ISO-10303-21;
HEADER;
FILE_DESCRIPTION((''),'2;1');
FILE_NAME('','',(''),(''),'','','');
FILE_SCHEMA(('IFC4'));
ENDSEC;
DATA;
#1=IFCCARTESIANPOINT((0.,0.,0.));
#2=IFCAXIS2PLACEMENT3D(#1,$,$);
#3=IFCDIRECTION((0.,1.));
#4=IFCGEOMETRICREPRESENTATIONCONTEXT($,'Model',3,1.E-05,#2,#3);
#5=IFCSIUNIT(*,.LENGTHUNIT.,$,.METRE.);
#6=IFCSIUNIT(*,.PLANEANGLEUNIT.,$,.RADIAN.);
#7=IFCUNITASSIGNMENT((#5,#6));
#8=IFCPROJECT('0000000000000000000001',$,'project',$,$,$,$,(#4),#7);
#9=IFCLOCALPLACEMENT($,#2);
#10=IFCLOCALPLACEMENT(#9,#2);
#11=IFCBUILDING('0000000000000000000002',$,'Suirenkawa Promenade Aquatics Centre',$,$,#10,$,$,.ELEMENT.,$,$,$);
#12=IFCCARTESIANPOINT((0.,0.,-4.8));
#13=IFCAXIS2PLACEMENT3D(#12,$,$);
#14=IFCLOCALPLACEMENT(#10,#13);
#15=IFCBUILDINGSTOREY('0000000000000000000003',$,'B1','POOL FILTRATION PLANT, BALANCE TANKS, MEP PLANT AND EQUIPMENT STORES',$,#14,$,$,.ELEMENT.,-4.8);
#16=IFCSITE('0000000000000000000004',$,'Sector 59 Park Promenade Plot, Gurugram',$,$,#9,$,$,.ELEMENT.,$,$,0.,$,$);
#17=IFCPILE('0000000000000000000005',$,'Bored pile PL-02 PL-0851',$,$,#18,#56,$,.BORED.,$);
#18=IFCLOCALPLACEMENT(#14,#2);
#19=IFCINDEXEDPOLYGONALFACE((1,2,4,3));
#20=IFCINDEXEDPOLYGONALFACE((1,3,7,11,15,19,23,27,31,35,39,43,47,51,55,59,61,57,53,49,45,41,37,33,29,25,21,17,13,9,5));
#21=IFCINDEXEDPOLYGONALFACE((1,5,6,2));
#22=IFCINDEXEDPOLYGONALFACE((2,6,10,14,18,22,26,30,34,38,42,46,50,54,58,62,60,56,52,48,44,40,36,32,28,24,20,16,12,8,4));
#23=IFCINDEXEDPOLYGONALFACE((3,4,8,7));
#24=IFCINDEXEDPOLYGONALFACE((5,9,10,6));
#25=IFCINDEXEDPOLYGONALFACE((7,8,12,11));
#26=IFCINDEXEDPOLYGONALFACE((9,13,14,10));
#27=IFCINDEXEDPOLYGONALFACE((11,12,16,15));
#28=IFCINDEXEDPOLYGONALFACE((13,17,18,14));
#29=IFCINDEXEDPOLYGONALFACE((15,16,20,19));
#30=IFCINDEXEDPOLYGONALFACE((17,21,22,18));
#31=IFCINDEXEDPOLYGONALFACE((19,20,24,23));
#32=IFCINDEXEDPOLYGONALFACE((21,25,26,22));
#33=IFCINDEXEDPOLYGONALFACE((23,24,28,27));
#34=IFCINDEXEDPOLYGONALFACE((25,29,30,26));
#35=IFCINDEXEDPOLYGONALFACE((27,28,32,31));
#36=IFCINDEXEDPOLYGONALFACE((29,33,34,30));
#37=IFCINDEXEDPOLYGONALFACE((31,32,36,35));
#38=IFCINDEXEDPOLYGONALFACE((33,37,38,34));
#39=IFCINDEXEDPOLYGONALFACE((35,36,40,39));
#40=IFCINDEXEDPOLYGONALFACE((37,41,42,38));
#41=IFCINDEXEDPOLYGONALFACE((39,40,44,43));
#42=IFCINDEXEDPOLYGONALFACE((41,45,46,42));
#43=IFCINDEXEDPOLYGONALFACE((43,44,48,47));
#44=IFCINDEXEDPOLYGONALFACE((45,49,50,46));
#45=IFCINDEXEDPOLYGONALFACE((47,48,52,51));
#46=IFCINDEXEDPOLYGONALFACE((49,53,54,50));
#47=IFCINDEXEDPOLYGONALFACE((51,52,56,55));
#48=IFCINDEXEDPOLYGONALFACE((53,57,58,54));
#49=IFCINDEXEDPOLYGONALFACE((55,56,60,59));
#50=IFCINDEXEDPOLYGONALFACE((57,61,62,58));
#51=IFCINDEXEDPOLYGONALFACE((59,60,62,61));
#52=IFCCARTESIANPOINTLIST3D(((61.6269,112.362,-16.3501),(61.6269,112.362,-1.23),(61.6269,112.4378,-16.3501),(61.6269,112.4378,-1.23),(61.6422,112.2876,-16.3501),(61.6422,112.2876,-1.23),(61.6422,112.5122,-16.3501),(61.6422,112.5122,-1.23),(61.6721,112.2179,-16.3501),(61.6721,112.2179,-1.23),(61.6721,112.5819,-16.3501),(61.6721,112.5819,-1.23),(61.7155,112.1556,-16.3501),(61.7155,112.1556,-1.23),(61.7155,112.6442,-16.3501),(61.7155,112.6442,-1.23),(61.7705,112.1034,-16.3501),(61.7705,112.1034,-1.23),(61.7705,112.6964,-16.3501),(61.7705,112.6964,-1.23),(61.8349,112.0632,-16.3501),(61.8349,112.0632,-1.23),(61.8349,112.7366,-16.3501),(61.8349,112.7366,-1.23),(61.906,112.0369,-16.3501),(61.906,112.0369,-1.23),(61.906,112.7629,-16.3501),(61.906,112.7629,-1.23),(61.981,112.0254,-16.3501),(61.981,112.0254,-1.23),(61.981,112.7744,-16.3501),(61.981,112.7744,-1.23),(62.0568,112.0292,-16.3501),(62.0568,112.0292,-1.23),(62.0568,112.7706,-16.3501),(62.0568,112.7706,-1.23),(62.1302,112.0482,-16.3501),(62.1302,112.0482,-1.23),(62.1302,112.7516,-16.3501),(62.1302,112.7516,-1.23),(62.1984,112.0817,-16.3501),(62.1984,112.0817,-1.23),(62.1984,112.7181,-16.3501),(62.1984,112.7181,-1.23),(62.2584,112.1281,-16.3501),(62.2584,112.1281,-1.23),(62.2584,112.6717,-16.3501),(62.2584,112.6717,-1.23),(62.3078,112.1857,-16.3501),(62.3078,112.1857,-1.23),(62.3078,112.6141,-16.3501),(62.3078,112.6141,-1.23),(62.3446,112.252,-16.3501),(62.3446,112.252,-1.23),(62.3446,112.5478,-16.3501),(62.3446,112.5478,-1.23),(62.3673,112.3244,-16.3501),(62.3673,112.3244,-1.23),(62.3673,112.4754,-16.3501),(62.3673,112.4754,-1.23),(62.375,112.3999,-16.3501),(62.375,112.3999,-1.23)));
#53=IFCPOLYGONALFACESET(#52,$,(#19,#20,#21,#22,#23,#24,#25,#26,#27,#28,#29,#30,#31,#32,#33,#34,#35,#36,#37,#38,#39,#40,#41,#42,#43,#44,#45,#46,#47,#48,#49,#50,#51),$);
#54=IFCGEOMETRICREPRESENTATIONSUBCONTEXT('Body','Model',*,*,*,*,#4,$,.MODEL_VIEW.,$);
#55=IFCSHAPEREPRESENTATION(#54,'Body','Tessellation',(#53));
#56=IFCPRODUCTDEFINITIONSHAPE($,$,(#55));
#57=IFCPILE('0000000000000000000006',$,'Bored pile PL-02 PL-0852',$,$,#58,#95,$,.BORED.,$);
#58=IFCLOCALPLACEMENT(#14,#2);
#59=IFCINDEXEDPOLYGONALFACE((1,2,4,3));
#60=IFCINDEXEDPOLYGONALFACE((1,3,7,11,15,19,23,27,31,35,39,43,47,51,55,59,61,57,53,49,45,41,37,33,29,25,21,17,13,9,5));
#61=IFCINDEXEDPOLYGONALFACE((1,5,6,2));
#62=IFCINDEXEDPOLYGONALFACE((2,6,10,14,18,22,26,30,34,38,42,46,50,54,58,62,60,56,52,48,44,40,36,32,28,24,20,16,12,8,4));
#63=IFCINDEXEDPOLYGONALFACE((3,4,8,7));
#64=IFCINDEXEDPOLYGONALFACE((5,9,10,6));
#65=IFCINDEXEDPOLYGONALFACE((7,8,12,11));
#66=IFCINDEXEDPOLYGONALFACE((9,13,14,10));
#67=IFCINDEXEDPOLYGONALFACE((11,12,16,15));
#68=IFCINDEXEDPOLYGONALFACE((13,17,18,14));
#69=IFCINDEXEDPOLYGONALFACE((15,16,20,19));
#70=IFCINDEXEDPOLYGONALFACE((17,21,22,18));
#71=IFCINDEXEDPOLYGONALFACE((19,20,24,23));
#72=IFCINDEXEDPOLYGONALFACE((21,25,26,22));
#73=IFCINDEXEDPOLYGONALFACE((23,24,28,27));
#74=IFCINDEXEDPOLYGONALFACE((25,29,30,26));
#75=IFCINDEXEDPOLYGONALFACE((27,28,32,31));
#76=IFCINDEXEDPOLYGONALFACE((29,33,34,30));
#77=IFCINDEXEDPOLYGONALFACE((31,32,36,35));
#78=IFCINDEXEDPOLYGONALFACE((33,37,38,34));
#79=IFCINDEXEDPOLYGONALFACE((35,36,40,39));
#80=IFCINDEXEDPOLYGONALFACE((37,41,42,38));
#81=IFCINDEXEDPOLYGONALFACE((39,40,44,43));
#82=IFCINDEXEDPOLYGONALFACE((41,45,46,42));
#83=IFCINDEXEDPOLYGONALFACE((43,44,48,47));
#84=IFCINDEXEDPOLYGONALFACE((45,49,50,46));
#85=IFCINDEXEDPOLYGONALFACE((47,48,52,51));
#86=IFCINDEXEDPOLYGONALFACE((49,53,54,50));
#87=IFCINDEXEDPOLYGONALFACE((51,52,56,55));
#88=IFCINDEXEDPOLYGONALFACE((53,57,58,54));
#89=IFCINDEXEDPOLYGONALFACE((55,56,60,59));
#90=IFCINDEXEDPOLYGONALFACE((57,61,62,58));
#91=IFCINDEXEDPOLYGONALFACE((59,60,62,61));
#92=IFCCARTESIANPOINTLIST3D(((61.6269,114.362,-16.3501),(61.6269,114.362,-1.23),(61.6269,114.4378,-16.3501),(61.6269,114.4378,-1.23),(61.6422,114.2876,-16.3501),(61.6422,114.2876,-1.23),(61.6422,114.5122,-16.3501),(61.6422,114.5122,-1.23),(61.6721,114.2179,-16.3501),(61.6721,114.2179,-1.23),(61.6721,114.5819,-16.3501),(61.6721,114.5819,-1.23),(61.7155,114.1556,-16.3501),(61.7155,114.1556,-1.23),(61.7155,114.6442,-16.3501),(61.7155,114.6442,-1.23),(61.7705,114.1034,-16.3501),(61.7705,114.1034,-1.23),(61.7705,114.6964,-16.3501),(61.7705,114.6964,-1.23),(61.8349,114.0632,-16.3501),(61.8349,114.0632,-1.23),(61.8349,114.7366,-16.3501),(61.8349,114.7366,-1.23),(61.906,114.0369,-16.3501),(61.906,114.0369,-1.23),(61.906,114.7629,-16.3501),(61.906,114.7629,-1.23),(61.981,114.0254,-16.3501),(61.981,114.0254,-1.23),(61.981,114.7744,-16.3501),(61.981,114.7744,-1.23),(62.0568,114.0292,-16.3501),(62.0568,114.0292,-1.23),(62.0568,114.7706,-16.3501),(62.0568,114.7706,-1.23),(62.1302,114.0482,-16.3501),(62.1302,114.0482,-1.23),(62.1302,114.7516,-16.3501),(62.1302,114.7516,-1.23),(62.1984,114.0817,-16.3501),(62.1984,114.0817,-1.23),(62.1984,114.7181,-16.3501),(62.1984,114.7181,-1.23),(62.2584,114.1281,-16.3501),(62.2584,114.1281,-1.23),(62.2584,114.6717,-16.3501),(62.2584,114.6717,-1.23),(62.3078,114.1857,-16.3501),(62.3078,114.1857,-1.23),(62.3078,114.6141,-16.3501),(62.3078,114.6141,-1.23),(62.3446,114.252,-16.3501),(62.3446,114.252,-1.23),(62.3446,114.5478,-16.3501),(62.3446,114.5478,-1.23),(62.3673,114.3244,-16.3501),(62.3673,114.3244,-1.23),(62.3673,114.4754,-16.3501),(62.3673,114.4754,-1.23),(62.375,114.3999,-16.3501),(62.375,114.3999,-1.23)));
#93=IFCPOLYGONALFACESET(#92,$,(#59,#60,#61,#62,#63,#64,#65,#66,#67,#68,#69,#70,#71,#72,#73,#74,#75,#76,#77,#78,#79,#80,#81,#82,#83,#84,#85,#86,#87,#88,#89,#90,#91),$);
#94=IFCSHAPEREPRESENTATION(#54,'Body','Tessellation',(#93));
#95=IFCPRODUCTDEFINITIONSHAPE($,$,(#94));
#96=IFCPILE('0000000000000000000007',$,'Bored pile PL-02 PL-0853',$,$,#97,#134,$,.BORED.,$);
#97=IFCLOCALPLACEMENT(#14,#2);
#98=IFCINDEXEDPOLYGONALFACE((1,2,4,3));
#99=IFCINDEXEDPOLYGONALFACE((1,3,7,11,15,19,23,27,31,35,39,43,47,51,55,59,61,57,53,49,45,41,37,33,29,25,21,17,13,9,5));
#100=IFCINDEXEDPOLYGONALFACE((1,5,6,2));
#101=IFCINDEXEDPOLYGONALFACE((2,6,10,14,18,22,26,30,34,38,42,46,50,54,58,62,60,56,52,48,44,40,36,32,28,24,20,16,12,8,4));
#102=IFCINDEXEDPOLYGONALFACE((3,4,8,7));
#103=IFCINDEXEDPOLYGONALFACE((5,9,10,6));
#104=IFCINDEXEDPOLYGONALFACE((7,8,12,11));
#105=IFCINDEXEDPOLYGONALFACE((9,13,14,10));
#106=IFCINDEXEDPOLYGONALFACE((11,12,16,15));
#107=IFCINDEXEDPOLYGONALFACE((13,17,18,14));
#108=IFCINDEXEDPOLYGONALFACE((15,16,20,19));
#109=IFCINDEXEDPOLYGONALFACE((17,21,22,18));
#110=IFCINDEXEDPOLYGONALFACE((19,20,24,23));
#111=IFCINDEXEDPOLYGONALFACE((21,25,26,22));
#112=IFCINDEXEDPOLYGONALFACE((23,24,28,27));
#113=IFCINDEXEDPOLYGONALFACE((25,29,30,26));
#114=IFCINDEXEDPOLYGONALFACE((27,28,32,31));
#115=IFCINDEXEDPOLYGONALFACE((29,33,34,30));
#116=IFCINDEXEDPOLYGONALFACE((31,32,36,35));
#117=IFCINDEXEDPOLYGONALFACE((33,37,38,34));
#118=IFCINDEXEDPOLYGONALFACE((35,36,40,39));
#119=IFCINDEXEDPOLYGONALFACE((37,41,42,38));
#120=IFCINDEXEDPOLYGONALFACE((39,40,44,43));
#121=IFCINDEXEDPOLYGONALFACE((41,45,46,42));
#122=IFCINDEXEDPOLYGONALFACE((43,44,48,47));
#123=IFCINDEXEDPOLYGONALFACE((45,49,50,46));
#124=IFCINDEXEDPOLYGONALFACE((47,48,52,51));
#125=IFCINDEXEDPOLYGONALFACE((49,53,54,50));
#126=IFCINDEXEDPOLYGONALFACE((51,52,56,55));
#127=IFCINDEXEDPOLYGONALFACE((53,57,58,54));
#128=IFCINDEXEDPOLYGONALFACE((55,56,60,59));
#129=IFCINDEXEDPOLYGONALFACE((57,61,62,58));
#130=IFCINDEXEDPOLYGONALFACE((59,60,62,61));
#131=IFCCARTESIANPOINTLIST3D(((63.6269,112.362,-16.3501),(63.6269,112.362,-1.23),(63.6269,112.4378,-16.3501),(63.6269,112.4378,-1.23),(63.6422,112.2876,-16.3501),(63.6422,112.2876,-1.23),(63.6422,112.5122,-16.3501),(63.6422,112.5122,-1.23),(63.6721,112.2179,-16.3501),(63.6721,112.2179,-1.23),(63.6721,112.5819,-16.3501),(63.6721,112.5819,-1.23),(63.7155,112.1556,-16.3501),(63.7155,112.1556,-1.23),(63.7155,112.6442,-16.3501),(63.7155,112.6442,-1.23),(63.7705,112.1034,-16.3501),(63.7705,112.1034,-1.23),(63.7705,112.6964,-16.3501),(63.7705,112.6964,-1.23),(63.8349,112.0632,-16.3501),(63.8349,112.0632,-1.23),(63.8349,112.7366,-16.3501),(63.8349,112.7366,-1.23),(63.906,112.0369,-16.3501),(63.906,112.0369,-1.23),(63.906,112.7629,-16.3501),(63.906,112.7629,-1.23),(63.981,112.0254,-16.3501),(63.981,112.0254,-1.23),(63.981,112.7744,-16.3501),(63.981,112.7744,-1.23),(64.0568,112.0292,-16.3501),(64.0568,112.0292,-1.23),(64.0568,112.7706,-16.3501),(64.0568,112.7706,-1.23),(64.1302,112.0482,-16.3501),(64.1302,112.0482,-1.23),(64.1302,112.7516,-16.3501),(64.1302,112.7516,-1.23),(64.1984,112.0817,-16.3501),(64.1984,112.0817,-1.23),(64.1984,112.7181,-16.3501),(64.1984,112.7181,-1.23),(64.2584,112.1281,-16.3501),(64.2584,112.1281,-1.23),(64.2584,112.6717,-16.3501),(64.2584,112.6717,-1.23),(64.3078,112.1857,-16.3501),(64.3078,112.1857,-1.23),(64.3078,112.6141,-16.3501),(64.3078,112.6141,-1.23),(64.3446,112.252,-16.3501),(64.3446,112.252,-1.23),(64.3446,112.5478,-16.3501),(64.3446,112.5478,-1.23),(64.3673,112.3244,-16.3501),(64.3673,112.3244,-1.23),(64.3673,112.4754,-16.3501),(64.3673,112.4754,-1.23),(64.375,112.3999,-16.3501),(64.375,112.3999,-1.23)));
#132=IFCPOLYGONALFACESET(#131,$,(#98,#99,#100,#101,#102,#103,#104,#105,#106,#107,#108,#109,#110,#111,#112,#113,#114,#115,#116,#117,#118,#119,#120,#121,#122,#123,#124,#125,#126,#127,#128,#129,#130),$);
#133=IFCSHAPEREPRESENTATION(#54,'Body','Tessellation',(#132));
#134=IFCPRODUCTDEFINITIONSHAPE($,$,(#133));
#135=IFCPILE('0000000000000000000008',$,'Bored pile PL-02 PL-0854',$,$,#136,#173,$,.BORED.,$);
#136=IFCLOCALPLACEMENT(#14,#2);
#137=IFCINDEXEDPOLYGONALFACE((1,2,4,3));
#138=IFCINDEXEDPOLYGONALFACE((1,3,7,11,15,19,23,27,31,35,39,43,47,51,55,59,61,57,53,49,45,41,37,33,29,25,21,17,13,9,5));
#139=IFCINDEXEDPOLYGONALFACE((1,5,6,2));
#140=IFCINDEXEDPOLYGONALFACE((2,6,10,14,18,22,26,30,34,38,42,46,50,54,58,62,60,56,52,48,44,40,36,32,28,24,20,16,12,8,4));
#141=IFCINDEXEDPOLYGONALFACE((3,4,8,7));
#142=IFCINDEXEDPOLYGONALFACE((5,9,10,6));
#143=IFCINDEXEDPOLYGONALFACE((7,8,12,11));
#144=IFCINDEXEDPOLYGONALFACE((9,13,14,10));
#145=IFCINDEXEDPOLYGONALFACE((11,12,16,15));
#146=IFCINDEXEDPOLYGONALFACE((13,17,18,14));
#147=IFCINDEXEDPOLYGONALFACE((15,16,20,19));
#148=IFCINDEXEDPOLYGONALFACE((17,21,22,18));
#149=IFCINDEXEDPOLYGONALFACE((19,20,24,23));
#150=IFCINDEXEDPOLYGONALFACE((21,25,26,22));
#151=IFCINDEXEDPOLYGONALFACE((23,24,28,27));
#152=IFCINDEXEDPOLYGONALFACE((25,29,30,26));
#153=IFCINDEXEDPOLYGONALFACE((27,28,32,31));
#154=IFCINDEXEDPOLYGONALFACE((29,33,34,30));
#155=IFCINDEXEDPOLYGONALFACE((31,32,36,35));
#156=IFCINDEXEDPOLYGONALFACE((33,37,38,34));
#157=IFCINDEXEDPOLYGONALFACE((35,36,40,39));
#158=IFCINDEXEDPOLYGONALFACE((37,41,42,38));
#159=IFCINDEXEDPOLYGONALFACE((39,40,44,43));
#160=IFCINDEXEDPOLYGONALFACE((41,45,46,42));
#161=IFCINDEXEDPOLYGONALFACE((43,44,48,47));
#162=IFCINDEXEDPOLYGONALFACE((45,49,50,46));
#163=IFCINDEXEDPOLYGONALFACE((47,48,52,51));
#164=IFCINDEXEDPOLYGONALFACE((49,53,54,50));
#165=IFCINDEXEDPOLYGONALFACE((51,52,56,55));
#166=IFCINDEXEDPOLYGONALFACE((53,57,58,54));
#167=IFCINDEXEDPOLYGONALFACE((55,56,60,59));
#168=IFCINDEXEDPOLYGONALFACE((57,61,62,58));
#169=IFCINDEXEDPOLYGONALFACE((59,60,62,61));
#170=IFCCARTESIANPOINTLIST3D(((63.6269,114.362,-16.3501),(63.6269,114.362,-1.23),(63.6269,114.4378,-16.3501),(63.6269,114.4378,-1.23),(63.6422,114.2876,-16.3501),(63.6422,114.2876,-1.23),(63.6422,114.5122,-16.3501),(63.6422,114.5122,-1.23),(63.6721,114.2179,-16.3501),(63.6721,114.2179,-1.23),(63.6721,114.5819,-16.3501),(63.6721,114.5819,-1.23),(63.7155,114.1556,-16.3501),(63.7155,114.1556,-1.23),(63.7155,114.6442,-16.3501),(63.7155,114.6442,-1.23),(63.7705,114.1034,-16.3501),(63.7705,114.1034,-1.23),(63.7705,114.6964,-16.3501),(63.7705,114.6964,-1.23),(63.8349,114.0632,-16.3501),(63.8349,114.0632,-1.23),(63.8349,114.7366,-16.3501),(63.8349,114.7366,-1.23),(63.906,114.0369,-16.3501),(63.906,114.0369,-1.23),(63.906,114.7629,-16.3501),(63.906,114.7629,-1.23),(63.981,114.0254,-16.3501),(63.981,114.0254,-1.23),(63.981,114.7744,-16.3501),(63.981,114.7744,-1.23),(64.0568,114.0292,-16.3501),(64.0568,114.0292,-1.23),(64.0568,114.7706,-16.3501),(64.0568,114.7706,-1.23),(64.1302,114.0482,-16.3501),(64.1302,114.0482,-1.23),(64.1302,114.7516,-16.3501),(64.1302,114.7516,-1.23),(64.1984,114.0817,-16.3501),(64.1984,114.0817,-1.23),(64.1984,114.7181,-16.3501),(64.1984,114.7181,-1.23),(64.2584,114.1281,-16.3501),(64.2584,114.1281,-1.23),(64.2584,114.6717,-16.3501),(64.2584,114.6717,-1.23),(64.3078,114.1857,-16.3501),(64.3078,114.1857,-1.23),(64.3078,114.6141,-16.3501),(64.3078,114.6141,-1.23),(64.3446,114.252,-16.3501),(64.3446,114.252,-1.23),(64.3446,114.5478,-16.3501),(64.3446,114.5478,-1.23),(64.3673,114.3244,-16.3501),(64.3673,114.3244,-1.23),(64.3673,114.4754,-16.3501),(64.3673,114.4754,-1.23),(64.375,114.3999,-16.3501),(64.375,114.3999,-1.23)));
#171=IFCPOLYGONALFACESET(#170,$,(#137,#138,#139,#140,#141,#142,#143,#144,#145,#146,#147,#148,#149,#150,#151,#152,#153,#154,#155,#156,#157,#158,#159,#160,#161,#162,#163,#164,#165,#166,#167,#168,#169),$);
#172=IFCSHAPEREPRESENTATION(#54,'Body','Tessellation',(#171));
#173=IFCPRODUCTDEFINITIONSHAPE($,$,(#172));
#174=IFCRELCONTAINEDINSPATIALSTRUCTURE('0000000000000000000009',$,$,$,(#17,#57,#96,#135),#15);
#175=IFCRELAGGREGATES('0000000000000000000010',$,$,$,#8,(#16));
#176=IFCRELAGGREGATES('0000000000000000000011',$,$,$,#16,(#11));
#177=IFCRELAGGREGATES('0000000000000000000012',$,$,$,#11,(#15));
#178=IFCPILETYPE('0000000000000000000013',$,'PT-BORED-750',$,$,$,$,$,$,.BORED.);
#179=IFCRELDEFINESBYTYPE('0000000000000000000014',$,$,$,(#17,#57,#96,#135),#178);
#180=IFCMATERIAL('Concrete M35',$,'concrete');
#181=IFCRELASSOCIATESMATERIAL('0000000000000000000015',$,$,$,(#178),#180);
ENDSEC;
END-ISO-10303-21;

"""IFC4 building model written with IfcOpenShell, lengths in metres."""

from ifc_helpers import new_model, si_unit, direction, frame, origin, origin_2d, place, context, subcontext, project, spatial, circle, extrude, material, material_profile, profile_set, type_object, element, save


model = new_model("IFC4")

# Units and contexts
model_context = context("Model", 3, precision=1e-05, world=origin(), true_north=direction((0.0, 1.0)))
body_context = subcontext(model_context, "Body", "Model", "MODEL_VIEW")
ifc_project = project(units=[si_unit("LENGTHUNIT", "METRE"), si_unit("PLANEANGLEUNIT", "RADIAN")], contexts=[model_context])

# Site, building, storey
site_placement = place(None, origin())
site = spatial("IfcSite", under=ifc_project, at=site_placement, Name="Sector 59 Park Promenade Plot, Gurugram", CompositionType="ELEMENT", RefElevation=0.0)
building_placement = place(site_placement, origin())
building = spatial("IfcBuilding", under=site, at=building_placement, Name="Suirenkawa Promenade Aquatics Centre", CompositionType="ELEMENT")
storey_placement = place(building_placement, frame((0.0, 0.0, -4.8)))
storey = spatial("IfcBuildingStorey", under=building, at=storey_placement, Name="B1", Description="POOL FILTRATION PLANT, BALANCE TANKS, MEP PLANT AND EQUIPMENT STORES", CompositionType="ELEMENT", Elevation=-4.8)

# Shared definitions
ifc_material_1 = material(Name="Concrete M35", Category="concrete")

# Piles
ifc_material_profile_1 = material_profile(ifc_material_1, circle(Radius=0.375, at=origin_2d()), Name="PILE D750", Category="concrete")
ifc_profile_set_1 = profile_set([ifc_material_profile_1], Name="Concrete M35")
pile_type_1 = type_object("IfcPileType", Name="PT-BORED-750", PredefinedType="BORED", material=ifc_profile_set_1)
for number, where, z_axis, x_axis, name in (
    (1, (62.0, 112.3999, -1.23), (0.0, 0.0, -1.0), (1.0, 0.0, 0.0), "Bored pile PL-02 PL-0851"),
    (2, (62.0, 114.3999, -1.23), (0.0, 0.0, -1.0), (1.0, 0.0, 0.0), "Bored pile PL-02 PL-0852"),
    (3, (64.0, 112.3999, -1.23), (0.0, 0.0, -1.0), (1.0, 0.0, 0.0), "Bored pile PL-02 PL-0853"),
    (4, (64.0, 114.3999, -1.23), (0.0, 0.0, -1.0), (1.0, 0.0, 0.0), "Bored pile PL-02 PL-0854"),
):
    element("IfcPile", number, at=place(storey_placement, frame(where, z_axis=z_axis, x_axis=x_axis)), inside=storey, type_object=pile_type_1, Name=name, PredefinedType="BORED", context=body_context, shape_type="SweptSolid", body=[
        extrude(circle(Radius=0.375, at=origin_2d()), origin(), (0.0, 0.0, 1.0), 15.1201),
    ])

save(model, "model.ifc")
